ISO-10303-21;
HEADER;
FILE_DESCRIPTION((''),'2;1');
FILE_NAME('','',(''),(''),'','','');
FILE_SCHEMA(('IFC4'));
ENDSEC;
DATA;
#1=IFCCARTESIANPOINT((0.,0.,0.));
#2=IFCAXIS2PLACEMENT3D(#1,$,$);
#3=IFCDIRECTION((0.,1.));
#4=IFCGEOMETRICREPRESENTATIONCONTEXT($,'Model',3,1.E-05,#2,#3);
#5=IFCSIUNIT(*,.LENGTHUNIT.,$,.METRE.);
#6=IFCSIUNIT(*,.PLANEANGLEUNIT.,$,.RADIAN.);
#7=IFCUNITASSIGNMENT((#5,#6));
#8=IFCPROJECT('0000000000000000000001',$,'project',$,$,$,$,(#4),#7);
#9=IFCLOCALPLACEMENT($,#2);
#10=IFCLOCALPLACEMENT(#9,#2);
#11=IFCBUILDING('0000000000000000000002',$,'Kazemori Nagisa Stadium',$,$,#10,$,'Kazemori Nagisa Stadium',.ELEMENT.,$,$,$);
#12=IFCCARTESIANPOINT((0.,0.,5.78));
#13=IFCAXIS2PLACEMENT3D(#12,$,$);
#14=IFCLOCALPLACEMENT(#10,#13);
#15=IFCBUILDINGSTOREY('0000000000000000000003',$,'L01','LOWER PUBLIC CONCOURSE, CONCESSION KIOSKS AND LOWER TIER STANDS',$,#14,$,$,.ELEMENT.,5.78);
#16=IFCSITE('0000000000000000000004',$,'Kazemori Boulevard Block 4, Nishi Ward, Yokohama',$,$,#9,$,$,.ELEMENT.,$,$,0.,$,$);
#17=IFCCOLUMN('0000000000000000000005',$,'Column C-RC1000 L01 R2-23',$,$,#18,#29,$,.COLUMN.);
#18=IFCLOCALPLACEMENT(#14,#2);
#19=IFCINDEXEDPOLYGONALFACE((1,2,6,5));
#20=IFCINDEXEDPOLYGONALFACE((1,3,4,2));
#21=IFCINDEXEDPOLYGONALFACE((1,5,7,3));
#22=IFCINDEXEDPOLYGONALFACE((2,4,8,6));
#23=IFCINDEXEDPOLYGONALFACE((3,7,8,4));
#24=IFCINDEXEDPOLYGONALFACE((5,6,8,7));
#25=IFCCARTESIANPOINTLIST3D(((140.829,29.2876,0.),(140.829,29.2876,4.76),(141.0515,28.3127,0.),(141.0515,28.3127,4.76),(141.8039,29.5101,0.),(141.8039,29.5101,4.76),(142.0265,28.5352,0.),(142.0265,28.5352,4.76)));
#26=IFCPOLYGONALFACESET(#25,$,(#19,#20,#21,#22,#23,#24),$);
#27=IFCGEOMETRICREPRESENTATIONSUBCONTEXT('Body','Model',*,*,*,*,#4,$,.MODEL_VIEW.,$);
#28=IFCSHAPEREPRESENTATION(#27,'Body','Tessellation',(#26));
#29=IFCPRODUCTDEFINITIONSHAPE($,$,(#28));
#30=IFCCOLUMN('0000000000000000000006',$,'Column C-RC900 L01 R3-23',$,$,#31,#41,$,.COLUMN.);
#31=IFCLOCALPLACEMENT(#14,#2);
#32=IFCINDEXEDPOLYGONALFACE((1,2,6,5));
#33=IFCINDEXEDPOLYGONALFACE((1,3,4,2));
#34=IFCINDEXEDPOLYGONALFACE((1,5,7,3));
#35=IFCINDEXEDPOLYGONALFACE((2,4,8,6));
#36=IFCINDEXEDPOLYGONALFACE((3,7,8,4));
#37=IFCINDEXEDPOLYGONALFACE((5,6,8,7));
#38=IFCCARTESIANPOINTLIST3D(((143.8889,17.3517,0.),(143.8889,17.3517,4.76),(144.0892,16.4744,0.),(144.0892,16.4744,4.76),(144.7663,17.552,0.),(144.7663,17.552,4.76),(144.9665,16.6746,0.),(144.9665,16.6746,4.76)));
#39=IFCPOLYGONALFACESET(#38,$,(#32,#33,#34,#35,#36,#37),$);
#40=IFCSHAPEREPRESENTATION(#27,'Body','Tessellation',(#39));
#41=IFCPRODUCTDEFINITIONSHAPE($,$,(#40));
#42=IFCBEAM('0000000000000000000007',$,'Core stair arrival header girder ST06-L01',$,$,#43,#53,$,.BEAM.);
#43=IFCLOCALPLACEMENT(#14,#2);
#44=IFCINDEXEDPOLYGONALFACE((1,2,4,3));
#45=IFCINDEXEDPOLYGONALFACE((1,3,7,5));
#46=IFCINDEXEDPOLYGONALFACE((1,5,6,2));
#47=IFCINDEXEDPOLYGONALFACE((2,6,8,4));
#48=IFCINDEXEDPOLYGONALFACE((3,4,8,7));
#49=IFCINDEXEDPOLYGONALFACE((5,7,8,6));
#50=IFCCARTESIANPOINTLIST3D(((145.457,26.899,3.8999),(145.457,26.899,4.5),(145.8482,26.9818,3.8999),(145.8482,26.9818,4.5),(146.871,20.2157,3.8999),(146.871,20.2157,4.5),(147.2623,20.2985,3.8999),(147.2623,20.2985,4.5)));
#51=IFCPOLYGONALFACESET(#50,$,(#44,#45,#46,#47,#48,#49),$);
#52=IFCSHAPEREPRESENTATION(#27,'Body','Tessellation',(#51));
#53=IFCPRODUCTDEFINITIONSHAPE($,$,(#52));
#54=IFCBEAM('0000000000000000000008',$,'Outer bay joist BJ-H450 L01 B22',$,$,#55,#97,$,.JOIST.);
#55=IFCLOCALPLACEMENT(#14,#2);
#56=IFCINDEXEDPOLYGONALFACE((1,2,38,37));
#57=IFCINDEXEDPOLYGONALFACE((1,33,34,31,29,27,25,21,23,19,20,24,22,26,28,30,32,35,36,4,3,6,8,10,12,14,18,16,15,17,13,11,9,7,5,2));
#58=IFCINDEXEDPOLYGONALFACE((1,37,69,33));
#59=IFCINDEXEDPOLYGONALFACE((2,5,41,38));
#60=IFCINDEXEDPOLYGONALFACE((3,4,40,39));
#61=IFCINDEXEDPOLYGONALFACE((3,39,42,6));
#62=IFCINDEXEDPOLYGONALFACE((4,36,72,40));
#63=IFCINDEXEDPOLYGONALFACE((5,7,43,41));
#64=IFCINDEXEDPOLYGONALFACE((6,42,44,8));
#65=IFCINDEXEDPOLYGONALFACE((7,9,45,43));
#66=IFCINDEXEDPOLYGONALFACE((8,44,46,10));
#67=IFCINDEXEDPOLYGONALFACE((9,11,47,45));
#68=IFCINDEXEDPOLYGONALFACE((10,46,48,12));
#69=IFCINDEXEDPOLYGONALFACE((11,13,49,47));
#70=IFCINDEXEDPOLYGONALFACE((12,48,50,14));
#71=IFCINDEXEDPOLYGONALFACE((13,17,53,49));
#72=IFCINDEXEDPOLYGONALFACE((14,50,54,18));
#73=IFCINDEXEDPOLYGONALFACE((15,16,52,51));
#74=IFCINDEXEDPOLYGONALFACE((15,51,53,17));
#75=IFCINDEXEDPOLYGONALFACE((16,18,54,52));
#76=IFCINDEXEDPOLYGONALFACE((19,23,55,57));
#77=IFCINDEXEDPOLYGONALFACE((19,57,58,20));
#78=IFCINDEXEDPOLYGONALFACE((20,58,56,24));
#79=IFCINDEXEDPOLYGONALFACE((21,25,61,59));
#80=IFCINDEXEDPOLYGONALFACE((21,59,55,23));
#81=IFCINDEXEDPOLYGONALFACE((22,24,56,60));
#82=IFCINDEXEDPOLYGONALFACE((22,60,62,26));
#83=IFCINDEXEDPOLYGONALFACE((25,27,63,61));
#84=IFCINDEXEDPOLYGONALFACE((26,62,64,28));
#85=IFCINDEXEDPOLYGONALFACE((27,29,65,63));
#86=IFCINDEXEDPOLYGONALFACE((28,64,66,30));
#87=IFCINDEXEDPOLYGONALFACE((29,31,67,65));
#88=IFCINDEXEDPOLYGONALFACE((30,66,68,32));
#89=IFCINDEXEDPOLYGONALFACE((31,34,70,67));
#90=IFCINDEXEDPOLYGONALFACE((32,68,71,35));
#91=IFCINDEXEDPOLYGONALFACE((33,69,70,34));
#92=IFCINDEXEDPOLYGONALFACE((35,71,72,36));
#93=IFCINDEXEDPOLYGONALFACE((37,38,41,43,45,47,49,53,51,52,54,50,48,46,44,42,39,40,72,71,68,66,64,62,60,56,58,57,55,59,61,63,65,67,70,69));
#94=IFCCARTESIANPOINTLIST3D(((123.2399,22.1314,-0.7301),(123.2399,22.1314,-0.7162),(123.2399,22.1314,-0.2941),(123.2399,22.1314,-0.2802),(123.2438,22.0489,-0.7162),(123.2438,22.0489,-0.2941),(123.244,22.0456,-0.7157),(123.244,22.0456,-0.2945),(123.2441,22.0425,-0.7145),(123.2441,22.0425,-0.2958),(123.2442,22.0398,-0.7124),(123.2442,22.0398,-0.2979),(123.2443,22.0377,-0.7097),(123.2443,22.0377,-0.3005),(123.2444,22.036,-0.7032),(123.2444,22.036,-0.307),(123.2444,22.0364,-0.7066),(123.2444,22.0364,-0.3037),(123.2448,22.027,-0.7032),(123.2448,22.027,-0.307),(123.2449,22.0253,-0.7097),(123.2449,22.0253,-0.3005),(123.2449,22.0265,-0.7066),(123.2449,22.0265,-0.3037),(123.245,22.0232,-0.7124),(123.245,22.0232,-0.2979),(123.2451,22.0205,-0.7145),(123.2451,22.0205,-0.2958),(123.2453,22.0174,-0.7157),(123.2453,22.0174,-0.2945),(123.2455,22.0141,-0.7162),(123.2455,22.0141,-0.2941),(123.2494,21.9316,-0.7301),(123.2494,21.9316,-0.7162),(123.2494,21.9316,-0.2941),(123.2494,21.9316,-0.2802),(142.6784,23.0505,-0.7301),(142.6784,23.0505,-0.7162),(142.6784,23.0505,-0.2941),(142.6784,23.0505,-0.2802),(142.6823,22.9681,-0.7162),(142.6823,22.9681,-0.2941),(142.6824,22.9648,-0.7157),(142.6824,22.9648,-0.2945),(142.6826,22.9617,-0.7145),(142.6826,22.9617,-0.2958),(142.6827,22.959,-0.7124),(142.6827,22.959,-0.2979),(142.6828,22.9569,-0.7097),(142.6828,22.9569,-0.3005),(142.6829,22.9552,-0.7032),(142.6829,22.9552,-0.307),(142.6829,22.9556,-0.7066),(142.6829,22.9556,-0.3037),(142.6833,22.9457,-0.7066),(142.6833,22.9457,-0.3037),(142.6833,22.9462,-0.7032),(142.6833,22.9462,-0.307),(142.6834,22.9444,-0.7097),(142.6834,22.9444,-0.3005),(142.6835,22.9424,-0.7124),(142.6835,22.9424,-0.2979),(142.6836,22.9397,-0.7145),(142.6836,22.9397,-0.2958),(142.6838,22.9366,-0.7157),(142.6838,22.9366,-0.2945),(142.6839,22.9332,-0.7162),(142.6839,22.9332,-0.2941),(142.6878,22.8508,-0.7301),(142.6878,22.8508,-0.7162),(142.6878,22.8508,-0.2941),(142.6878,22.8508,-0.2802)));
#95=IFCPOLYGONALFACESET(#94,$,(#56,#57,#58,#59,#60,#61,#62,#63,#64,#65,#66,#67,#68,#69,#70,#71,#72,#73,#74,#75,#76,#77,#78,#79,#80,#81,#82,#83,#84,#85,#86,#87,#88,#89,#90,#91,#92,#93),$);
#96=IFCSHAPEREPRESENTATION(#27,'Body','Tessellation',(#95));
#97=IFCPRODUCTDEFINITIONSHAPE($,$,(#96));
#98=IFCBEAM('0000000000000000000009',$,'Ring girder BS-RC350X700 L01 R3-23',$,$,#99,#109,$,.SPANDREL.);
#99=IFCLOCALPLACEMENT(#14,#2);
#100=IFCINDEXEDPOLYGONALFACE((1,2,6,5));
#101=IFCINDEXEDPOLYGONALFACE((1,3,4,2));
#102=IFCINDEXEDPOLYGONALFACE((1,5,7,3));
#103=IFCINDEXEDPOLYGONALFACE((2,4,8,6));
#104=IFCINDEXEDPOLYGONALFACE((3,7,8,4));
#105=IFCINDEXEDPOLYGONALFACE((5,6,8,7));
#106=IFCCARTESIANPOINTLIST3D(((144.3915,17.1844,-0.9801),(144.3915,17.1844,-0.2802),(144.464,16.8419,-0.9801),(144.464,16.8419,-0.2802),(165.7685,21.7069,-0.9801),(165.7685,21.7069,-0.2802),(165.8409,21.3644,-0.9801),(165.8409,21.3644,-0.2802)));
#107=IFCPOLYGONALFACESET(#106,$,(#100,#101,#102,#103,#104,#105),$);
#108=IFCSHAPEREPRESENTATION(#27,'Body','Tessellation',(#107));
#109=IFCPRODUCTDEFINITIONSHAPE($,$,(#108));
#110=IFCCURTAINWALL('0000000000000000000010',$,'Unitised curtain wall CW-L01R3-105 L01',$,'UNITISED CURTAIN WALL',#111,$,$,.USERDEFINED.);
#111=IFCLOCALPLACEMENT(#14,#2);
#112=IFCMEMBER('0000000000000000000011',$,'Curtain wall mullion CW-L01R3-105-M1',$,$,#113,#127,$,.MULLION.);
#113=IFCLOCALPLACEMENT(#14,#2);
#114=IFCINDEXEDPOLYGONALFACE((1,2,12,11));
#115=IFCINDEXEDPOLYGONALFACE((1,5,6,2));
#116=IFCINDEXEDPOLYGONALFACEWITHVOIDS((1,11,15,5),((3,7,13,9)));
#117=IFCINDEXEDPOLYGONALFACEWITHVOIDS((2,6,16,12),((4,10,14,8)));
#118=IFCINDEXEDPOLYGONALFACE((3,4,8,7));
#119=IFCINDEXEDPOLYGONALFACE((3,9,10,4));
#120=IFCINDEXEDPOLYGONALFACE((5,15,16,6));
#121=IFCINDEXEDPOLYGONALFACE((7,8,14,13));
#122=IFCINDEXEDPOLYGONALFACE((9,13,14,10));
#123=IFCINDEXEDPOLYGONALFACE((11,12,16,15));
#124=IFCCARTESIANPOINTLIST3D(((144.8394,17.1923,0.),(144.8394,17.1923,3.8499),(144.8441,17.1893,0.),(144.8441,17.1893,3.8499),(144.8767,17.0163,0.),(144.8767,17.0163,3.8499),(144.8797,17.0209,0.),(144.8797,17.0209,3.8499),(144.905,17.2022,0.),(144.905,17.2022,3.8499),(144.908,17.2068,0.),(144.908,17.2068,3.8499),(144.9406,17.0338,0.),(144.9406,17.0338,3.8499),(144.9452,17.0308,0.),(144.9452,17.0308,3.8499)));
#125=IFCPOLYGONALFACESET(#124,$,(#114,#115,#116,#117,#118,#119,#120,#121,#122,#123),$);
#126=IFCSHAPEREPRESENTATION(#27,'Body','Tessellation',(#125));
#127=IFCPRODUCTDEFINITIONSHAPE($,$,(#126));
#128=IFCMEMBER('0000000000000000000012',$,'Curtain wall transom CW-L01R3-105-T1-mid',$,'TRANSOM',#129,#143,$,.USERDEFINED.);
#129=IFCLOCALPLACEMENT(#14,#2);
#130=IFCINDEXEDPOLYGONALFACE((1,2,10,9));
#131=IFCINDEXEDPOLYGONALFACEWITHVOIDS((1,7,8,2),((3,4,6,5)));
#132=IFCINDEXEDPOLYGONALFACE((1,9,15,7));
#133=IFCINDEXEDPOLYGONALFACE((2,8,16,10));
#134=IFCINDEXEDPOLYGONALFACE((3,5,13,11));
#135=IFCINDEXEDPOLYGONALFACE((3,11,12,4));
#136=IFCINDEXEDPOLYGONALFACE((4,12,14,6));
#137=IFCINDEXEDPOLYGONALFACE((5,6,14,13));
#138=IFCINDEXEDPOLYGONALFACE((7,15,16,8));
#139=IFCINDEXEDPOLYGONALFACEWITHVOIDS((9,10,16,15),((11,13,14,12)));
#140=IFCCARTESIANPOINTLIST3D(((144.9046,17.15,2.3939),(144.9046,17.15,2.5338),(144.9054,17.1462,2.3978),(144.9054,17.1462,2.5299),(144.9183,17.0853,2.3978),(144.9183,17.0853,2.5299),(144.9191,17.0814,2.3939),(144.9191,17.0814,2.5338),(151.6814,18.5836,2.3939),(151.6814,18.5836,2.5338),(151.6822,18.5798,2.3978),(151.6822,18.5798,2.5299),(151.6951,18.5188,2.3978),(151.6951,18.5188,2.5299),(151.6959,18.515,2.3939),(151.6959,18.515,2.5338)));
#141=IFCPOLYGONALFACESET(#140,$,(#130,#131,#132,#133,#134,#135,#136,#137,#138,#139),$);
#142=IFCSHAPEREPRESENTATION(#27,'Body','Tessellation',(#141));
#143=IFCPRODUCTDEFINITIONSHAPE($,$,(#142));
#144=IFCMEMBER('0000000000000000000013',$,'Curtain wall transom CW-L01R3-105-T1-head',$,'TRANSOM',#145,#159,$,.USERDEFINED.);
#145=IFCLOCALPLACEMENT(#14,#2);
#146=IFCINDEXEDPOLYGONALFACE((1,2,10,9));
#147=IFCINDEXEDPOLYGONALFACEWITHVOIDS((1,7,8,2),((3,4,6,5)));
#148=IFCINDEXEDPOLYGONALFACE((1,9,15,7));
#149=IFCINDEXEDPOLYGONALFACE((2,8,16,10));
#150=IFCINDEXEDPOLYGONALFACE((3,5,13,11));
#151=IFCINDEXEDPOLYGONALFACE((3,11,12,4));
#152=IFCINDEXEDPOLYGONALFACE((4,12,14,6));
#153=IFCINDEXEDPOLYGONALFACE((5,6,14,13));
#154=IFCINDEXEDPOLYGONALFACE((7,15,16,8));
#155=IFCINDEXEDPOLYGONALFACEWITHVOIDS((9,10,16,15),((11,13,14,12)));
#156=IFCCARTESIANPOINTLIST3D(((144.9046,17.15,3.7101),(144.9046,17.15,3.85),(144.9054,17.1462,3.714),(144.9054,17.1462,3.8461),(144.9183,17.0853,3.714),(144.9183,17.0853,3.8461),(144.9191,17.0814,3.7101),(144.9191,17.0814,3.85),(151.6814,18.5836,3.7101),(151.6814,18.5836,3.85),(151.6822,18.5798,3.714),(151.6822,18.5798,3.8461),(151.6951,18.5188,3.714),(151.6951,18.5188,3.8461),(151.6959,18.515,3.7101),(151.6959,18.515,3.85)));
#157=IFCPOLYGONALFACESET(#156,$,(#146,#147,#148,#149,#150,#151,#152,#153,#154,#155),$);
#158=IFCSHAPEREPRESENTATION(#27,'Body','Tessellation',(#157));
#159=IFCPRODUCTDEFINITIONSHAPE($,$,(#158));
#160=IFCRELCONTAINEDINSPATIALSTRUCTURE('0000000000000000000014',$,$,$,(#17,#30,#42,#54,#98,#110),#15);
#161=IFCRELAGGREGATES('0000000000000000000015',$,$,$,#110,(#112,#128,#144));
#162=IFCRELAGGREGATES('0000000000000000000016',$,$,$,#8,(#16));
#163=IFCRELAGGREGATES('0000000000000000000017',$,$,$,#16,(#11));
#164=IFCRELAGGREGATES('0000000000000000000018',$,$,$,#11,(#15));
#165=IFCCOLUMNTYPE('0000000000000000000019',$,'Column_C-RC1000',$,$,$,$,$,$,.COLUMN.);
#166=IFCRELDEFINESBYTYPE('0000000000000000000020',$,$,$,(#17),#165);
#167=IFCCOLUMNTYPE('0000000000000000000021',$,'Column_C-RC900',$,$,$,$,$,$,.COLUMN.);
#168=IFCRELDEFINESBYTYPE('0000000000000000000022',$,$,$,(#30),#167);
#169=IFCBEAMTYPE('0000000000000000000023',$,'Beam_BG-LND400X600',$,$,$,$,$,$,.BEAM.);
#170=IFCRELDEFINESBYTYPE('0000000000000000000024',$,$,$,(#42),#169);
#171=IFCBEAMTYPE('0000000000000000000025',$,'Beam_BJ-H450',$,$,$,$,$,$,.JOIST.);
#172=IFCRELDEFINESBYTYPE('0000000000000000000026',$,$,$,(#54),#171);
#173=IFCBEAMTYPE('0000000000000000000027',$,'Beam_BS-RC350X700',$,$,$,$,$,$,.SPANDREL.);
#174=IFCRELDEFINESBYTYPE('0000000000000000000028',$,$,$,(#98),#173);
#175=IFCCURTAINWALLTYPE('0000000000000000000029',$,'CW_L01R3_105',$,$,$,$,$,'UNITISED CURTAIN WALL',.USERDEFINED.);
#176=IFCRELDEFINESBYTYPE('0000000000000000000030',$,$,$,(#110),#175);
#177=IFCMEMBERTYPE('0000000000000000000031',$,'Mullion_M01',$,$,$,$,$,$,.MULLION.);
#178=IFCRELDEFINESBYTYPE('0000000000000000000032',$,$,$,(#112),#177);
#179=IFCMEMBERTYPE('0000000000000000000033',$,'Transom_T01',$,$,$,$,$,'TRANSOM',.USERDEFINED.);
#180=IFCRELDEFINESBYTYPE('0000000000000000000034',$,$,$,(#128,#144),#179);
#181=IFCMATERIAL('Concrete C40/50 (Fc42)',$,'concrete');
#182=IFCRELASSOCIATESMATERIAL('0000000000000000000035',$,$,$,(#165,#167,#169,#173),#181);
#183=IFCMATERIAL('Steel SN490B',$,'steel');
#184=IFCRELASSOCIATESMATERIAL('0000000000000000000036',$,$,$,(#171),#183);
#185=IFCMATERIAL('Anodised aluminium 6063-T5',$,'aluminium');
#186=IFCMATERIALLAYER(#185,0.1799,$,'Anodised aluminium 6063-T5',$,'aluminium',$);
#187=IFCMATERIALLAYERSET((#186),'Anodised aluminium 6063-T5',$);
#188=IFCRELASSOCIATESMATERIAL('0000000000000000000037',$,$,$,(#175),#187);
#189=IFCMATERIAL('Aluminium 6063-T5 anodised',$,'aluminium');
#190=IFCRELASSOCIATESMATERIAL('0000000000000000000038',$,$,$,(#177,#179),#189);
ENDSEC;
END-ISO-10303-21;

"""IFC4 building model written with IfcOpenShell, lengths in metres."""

from ifc_helpers import new_model, si_unit, direction, frame, origin, origin_2d, place, context, subcontext, project, spatial, rectangle, hollow_rectangle, i_section, extrude, material, layer, layer_set, material_profile, profile_set, type_object, element, aggregate, save


model = new_model("IFC4")

# Units and contexts
model_context = context("Model", 3, precision=1e-05, world=origin(), true_north=direction((0.0, 1.0)))
body_context = subcontext(model_context, "Body", "Model", "MODEL_VIEW")
ifc_project = project(units=[si_unit("LENGTHUNIT", "METRE"), si_unit("PLANEANGLEUNIT", "RADIAN")], contexts=[model_context])

# Site, building, storey
site_placement = place(None, origin())
site = spatial("IfcSite", under=ifc_project, at=site_placement, Name="Kazemori Boulevard Block 4, Nishi Ward, Yokohama", CompositionType="ELEMENT", RefElevation=0.0)
building_placement = place(site_placement, origin())
building = spatial("IfcBuilding", under=site, at=building_placement, Name="Kazemori Nagisa Stadium", LongName="Kazemori Nagisa Stadium", CompositionType="ELEMENT")
storey_placement = place(building_placement, frame((0.0, 0.0, 5.78)))
storey = spatial("IfcBuildingStorey", under=building, at=storey_placement, Name="L01", Description="LOWER PUBLIC CONCOURSE, CONCESSION KIOSKS AND LOWER TIER STANDS", CompositionType="ELEMENT", Elevation=5.78)

# Columns
ifc_material_1 = material(Name="Concrete C40/50 (Fc42)", Category="concrete")
ifc_material_profile_1 = material_profile(ifc_material_1, rectangle(XDim=1.0, YDim=1.0, at=origin_2d()), Name="RC-COL-1000x1000")
ifc_profile_set_1 = profile_set([ifc_material_profile_1], Name="Concrete C40/50 (Fc42)")
column_type_1 = type_object("IfcColumnType", Name="Column_C-RC1000", PredefinedType="COLUMN", material=ifc_profile_set_1)
column_1_placement = place(storey_placement, frame((141.4277, 28.9114, 0.0), z_axis=(0.0, 0.0, 1.0), x_axis=(0.222521, -0.974928, 0.0)))
element("IfcColumn", 1, at=column_1_placement, inside=storey, type_object=column_type_1, Name="Column C-RC1000 L01 R2-23", PredefinedType="COLUMN", context=body_context, shape_type="SweptSolid", body=[
    extrude(rectangle(XDim=1.0, YDim=1.0, at=origin_2d()), origin(), (0.0, 0.0, 1.0), 4.76),
])
ifc_material_profile_2 = material_profile(ifc_material_1, rectangle(XDim=0.8999, YDim=0.8999, at=origin_2d()), Name="RC-COL-900x900")
ifc_profile_set_2 = profile_set([ifc_material_profile_2], Name="Concrete C40/50 (Fc42)")
column_type_2 = type_object("IfcColumnType", Name="Column_C-RC900", PredefinedType="COLUMN", material=ifc_profile_set_2)
column_2_placement = place(storey_placement, frame((144.4277, 17.0132, 0.0), z_axis=(0.0, 0.0, 1.0), x_axis=(0.222521, -0.974928, 0.0)))
element("IfcColumn", 2, at=column_2_placement, inside=storey, type_object=column_type_2, Name="Column C-RC900 L01 R3-23", PredefinedType="COLUMN", context=body_context, shape_type="SweptSolid", body=[
    extrude(rectangle(XDim=0.8999, YDim=0.8999, at=origin_2d()), origin(), (0.0, 0.0, 1.0), 4.76),
])

# Beams
ifc_material_profile_3 = material_profile(ifc_material_1, rectangle(XDim=0.3999, YDim=0.6001, at=origin_2d()), Name="RC-BM-400x600")
ifc_profile_set_3 = profile_set([ifc_material_profile_3], Name="Concrete C40/50 (Fc42)")
beam_type_1 = type_object("IfcBeamType", Name="Beam_BG-LND400X600", PredefinedType="BEAM", material=ifc_profile_set_3)
beam_1_placement = place(storey_placement, frame((145.6526, 26.9404, 4.2), z_axis=(0.206997, -0.978341, 0.0), x_axis=(0.978341, 0.206997, 0.0)))
element("IfcBeam", 3, at=beam_1_placement, inside=storey, type_object=beam_type_1, Name="Core stair arrival header girder ST06-L01", PredefinedType="BEAM", context=body_context, shape_type="SweptSolid", body=[
    extrude(rectangle(XDim=0.3999, YDim=0.6001, at=origin_2d()), origin(), (0.0, 0.0, 1.0), 6.8313),
])
ifc_material_2 = material(Name="Steel SN490B", Category="steel")
ifc_material_profile_4 = material_profile(ifc_material_2, i_section(OverallWidth=0.2, OverallDepth=0.45, WebThickness=0.009, FlangeThickness=0.0139, FilletRadius=0.0129, at=origin_2d()), Name="H-450x200x9x14")
ifc_profile_set_4 = profile_set([ifc_material_profile_4], Name="Steel SN490B")
beam_type_2 = type_object("IfcBeamType", Name="Beam_BJ-H450", PredefinedType="JOIST", material=ifc_profile_set_4)
beam_2_placement = place(storey_placement, frame((123.2446, 22.0315, -0.5051), z_axis=(0.998884, 0.047234, 0.0), x_axis=(-0.047234, 0.998884, 0.0)))
element("IfcBeam", 4, at=beam_2_placement, inside=storey, type_object=beam_type_2, Name="Outer bay joist BJ-H450 L01 B22", PredefinedType="JOIST", context=body_context, shape_type="SweptSolid", body=[
    extrude(i_section(OverallWidth=0.2, OverallDepth=0.45, WebThickness=0.009, FlangeThickness=0.0139, FilletRadius=0.0129, at=origin_2d()), origin(), (0.0, 0.0, 1.0), 19.4602),
])
ifc_material_profile_5 = material_profile(ifc_material_1, rectangle(XDim=0.3501, YDim=0.7, at=origin_2d()), Name="RC-SP-350x700")
ifc_profile_set_5 = profile_set([ifc_material_profile_5], Name="Concrete C40/50 (Fc42)")
beam_type_3 = type_object("IfcBeamType", Name="Beam_BS-RC350X700", PredefinedType="SPANDREL", material=ifc_profile_set_5)
beam_3_placement = place(storey_placement, frame((144.4277, 17.0132, -0.6301), z_axis=(0.978346, 0.206977, 0.0), x_axis=(-0.206977, 0.978346, 0.0)))
element("IfcBeam", 5, at=beam_3_placement, inside=storey, type_object=beam_type_3, Name="Ring girder BS-RC350X700 L01 R3-23", PredefinedType="SPANDREL", context=body_context, shape_type="SweptSolid", body=[
    extrude(rectangle(XDim=0.3501, YDim=0.7, at=origin_2d()), origin(), (0.0, 0.0, 1.0), 21.8501),
])

# Curtain wall, members
ifc_material_3 = material(Name="Anodised aluminium 6063-T5", Category="aluminium")
ifc_layer_1 = layer(ifc_material_3, 0.1799, Name="Anodised aluminium 6063-T5", Category="aluminium")
ifc_layer_set_1 = layer_set([ifc_layer_1], Name="Anodised aluminium 6063-T5")
curtain_wall_type = type_object("IfcCurtainWallType", Name="CW_L01R3_105", ElementType="UNITISED CURTAIN WALL", PredefinedType="USERDEFINED", material=ifc_layer_set_1)
curtain_wall_placement = place(storey_placement, origin())
curtain_wall = element("IfcCurtainWall", 6, at=curtain_wall_placement, inside=storey, type_object=curtain_wall_type, Name="Unitised curtain wall CW-L01R3-105 L01", ObjectType="UNITISED CURTAIN WALL", PredefinedType="USERDEFINED")
ifc_material_4 = material(Name="Aluminium 6063-T5 anodised", Category="aluminium")
ifc_material_profile_6 = material_profile(ifc_material_4, hollow_rectangle(XDim=0.0701, YDim=0.1799, WallThickness=0.0039, at=origin_2d()), Name="ALU-MULL-70x180x4")
ifc_profile_set_6 = profile_set([ifc_material_profile_6], Name="Aluminium 6063-T5 anodised")
member_type_1 = type_object("IfcMemberType", Name="Mullion_M01", PredefinedType="MULLION", material=ifc_profile_set_6)
member_1_placement = place(storey_placement, frame((144.8923, 17.1116, 0.0), z_axis=(0.0, 0.0, 1.0), x_axis=(0.978345, 0.206981, 0.0)))
member_1 = element("IfcMember", 7, at=member_1_placement, type_object=member_type_1, Name="Curtain wall mullion CW-L01R3-105-M1", PredefinedType="MULLION", context=body_context, shape_type="SweptSolid", body=[
    extrude(hollow_rectangle(XDim=0.0701, YDim=0.1799, WallThickness=0.0039, at=origin_2d()), origin(), (0.0, 0.0, 1.0), 3.8499),
])
ifc_material_profile_7 = material_profile(ifc_material_4, hollow_rectangle(XDim=0.0701, YDim=0.1399, WallThickness=0.0039, at=origin_2d()), Name="ALU-TRAN-70x140x4")
ifc_profile_set_7 = profile_set([ifc_material_profile_7], Name="Aluminium 6063-T5 anodised")
member_type_2 = type_object("IfcMemberType", Name="Transom_T01", ElementType="TRANSOM", PredefinedType="USERDEFINED", material=ifc_profile_set_7)
member_2_placement = place(storey_placement, frame((144.9119, 17.1157, 2.4639), z_axis=(0.978349, 0.206962, 0.0), x_axis=(-0.206962, 0.978349, 0.0)))
member_2 = element("IfcMember", 8, at=member_2_placement, type_object=member_type_2, Name="Curtain wall transom CW-L01R3-105-T1-mid", ObjectType="TRANSOM", PredefinedType="USERDEFINED", context=body_context, shape_type="SweptSolid", body=[
    extrude(hollow_rectangle(XDim=0.0701, YDim=0.1399, WallThickness=0.0039, at=origin_2d()), origin(), (0.0, 0.0, 1.0), 6.9268),
])
member_3_placement = place(storey_placement, frame((144.9119, 17.1157, 3.78), z_axis=(0.978349, 0.206962, 0.0), x_axis=(-0.206962, 0.978349, 0.0)))
member_3 = element("IfcMember", 9, at=member_3_placement, type_object=member_type_2, Name="Curtain wall transom CW-L01R3-105-T1-head", ObjectType="TRANSOM", PredefinedType="USERDEFINED", context=body_context, shape_type="SweptSolid", body=[
    extrude(hollow_rectangle(XDim=0.0701, YDim=0.1399, WallThickness=0.0039, at=origin_2d()), origin(), (0.0, 0.0, 1.0), 6.9268),
])
aggregate(curtain_wall, [member_1, member_2, member_3])

save(model, "model.ifc")
